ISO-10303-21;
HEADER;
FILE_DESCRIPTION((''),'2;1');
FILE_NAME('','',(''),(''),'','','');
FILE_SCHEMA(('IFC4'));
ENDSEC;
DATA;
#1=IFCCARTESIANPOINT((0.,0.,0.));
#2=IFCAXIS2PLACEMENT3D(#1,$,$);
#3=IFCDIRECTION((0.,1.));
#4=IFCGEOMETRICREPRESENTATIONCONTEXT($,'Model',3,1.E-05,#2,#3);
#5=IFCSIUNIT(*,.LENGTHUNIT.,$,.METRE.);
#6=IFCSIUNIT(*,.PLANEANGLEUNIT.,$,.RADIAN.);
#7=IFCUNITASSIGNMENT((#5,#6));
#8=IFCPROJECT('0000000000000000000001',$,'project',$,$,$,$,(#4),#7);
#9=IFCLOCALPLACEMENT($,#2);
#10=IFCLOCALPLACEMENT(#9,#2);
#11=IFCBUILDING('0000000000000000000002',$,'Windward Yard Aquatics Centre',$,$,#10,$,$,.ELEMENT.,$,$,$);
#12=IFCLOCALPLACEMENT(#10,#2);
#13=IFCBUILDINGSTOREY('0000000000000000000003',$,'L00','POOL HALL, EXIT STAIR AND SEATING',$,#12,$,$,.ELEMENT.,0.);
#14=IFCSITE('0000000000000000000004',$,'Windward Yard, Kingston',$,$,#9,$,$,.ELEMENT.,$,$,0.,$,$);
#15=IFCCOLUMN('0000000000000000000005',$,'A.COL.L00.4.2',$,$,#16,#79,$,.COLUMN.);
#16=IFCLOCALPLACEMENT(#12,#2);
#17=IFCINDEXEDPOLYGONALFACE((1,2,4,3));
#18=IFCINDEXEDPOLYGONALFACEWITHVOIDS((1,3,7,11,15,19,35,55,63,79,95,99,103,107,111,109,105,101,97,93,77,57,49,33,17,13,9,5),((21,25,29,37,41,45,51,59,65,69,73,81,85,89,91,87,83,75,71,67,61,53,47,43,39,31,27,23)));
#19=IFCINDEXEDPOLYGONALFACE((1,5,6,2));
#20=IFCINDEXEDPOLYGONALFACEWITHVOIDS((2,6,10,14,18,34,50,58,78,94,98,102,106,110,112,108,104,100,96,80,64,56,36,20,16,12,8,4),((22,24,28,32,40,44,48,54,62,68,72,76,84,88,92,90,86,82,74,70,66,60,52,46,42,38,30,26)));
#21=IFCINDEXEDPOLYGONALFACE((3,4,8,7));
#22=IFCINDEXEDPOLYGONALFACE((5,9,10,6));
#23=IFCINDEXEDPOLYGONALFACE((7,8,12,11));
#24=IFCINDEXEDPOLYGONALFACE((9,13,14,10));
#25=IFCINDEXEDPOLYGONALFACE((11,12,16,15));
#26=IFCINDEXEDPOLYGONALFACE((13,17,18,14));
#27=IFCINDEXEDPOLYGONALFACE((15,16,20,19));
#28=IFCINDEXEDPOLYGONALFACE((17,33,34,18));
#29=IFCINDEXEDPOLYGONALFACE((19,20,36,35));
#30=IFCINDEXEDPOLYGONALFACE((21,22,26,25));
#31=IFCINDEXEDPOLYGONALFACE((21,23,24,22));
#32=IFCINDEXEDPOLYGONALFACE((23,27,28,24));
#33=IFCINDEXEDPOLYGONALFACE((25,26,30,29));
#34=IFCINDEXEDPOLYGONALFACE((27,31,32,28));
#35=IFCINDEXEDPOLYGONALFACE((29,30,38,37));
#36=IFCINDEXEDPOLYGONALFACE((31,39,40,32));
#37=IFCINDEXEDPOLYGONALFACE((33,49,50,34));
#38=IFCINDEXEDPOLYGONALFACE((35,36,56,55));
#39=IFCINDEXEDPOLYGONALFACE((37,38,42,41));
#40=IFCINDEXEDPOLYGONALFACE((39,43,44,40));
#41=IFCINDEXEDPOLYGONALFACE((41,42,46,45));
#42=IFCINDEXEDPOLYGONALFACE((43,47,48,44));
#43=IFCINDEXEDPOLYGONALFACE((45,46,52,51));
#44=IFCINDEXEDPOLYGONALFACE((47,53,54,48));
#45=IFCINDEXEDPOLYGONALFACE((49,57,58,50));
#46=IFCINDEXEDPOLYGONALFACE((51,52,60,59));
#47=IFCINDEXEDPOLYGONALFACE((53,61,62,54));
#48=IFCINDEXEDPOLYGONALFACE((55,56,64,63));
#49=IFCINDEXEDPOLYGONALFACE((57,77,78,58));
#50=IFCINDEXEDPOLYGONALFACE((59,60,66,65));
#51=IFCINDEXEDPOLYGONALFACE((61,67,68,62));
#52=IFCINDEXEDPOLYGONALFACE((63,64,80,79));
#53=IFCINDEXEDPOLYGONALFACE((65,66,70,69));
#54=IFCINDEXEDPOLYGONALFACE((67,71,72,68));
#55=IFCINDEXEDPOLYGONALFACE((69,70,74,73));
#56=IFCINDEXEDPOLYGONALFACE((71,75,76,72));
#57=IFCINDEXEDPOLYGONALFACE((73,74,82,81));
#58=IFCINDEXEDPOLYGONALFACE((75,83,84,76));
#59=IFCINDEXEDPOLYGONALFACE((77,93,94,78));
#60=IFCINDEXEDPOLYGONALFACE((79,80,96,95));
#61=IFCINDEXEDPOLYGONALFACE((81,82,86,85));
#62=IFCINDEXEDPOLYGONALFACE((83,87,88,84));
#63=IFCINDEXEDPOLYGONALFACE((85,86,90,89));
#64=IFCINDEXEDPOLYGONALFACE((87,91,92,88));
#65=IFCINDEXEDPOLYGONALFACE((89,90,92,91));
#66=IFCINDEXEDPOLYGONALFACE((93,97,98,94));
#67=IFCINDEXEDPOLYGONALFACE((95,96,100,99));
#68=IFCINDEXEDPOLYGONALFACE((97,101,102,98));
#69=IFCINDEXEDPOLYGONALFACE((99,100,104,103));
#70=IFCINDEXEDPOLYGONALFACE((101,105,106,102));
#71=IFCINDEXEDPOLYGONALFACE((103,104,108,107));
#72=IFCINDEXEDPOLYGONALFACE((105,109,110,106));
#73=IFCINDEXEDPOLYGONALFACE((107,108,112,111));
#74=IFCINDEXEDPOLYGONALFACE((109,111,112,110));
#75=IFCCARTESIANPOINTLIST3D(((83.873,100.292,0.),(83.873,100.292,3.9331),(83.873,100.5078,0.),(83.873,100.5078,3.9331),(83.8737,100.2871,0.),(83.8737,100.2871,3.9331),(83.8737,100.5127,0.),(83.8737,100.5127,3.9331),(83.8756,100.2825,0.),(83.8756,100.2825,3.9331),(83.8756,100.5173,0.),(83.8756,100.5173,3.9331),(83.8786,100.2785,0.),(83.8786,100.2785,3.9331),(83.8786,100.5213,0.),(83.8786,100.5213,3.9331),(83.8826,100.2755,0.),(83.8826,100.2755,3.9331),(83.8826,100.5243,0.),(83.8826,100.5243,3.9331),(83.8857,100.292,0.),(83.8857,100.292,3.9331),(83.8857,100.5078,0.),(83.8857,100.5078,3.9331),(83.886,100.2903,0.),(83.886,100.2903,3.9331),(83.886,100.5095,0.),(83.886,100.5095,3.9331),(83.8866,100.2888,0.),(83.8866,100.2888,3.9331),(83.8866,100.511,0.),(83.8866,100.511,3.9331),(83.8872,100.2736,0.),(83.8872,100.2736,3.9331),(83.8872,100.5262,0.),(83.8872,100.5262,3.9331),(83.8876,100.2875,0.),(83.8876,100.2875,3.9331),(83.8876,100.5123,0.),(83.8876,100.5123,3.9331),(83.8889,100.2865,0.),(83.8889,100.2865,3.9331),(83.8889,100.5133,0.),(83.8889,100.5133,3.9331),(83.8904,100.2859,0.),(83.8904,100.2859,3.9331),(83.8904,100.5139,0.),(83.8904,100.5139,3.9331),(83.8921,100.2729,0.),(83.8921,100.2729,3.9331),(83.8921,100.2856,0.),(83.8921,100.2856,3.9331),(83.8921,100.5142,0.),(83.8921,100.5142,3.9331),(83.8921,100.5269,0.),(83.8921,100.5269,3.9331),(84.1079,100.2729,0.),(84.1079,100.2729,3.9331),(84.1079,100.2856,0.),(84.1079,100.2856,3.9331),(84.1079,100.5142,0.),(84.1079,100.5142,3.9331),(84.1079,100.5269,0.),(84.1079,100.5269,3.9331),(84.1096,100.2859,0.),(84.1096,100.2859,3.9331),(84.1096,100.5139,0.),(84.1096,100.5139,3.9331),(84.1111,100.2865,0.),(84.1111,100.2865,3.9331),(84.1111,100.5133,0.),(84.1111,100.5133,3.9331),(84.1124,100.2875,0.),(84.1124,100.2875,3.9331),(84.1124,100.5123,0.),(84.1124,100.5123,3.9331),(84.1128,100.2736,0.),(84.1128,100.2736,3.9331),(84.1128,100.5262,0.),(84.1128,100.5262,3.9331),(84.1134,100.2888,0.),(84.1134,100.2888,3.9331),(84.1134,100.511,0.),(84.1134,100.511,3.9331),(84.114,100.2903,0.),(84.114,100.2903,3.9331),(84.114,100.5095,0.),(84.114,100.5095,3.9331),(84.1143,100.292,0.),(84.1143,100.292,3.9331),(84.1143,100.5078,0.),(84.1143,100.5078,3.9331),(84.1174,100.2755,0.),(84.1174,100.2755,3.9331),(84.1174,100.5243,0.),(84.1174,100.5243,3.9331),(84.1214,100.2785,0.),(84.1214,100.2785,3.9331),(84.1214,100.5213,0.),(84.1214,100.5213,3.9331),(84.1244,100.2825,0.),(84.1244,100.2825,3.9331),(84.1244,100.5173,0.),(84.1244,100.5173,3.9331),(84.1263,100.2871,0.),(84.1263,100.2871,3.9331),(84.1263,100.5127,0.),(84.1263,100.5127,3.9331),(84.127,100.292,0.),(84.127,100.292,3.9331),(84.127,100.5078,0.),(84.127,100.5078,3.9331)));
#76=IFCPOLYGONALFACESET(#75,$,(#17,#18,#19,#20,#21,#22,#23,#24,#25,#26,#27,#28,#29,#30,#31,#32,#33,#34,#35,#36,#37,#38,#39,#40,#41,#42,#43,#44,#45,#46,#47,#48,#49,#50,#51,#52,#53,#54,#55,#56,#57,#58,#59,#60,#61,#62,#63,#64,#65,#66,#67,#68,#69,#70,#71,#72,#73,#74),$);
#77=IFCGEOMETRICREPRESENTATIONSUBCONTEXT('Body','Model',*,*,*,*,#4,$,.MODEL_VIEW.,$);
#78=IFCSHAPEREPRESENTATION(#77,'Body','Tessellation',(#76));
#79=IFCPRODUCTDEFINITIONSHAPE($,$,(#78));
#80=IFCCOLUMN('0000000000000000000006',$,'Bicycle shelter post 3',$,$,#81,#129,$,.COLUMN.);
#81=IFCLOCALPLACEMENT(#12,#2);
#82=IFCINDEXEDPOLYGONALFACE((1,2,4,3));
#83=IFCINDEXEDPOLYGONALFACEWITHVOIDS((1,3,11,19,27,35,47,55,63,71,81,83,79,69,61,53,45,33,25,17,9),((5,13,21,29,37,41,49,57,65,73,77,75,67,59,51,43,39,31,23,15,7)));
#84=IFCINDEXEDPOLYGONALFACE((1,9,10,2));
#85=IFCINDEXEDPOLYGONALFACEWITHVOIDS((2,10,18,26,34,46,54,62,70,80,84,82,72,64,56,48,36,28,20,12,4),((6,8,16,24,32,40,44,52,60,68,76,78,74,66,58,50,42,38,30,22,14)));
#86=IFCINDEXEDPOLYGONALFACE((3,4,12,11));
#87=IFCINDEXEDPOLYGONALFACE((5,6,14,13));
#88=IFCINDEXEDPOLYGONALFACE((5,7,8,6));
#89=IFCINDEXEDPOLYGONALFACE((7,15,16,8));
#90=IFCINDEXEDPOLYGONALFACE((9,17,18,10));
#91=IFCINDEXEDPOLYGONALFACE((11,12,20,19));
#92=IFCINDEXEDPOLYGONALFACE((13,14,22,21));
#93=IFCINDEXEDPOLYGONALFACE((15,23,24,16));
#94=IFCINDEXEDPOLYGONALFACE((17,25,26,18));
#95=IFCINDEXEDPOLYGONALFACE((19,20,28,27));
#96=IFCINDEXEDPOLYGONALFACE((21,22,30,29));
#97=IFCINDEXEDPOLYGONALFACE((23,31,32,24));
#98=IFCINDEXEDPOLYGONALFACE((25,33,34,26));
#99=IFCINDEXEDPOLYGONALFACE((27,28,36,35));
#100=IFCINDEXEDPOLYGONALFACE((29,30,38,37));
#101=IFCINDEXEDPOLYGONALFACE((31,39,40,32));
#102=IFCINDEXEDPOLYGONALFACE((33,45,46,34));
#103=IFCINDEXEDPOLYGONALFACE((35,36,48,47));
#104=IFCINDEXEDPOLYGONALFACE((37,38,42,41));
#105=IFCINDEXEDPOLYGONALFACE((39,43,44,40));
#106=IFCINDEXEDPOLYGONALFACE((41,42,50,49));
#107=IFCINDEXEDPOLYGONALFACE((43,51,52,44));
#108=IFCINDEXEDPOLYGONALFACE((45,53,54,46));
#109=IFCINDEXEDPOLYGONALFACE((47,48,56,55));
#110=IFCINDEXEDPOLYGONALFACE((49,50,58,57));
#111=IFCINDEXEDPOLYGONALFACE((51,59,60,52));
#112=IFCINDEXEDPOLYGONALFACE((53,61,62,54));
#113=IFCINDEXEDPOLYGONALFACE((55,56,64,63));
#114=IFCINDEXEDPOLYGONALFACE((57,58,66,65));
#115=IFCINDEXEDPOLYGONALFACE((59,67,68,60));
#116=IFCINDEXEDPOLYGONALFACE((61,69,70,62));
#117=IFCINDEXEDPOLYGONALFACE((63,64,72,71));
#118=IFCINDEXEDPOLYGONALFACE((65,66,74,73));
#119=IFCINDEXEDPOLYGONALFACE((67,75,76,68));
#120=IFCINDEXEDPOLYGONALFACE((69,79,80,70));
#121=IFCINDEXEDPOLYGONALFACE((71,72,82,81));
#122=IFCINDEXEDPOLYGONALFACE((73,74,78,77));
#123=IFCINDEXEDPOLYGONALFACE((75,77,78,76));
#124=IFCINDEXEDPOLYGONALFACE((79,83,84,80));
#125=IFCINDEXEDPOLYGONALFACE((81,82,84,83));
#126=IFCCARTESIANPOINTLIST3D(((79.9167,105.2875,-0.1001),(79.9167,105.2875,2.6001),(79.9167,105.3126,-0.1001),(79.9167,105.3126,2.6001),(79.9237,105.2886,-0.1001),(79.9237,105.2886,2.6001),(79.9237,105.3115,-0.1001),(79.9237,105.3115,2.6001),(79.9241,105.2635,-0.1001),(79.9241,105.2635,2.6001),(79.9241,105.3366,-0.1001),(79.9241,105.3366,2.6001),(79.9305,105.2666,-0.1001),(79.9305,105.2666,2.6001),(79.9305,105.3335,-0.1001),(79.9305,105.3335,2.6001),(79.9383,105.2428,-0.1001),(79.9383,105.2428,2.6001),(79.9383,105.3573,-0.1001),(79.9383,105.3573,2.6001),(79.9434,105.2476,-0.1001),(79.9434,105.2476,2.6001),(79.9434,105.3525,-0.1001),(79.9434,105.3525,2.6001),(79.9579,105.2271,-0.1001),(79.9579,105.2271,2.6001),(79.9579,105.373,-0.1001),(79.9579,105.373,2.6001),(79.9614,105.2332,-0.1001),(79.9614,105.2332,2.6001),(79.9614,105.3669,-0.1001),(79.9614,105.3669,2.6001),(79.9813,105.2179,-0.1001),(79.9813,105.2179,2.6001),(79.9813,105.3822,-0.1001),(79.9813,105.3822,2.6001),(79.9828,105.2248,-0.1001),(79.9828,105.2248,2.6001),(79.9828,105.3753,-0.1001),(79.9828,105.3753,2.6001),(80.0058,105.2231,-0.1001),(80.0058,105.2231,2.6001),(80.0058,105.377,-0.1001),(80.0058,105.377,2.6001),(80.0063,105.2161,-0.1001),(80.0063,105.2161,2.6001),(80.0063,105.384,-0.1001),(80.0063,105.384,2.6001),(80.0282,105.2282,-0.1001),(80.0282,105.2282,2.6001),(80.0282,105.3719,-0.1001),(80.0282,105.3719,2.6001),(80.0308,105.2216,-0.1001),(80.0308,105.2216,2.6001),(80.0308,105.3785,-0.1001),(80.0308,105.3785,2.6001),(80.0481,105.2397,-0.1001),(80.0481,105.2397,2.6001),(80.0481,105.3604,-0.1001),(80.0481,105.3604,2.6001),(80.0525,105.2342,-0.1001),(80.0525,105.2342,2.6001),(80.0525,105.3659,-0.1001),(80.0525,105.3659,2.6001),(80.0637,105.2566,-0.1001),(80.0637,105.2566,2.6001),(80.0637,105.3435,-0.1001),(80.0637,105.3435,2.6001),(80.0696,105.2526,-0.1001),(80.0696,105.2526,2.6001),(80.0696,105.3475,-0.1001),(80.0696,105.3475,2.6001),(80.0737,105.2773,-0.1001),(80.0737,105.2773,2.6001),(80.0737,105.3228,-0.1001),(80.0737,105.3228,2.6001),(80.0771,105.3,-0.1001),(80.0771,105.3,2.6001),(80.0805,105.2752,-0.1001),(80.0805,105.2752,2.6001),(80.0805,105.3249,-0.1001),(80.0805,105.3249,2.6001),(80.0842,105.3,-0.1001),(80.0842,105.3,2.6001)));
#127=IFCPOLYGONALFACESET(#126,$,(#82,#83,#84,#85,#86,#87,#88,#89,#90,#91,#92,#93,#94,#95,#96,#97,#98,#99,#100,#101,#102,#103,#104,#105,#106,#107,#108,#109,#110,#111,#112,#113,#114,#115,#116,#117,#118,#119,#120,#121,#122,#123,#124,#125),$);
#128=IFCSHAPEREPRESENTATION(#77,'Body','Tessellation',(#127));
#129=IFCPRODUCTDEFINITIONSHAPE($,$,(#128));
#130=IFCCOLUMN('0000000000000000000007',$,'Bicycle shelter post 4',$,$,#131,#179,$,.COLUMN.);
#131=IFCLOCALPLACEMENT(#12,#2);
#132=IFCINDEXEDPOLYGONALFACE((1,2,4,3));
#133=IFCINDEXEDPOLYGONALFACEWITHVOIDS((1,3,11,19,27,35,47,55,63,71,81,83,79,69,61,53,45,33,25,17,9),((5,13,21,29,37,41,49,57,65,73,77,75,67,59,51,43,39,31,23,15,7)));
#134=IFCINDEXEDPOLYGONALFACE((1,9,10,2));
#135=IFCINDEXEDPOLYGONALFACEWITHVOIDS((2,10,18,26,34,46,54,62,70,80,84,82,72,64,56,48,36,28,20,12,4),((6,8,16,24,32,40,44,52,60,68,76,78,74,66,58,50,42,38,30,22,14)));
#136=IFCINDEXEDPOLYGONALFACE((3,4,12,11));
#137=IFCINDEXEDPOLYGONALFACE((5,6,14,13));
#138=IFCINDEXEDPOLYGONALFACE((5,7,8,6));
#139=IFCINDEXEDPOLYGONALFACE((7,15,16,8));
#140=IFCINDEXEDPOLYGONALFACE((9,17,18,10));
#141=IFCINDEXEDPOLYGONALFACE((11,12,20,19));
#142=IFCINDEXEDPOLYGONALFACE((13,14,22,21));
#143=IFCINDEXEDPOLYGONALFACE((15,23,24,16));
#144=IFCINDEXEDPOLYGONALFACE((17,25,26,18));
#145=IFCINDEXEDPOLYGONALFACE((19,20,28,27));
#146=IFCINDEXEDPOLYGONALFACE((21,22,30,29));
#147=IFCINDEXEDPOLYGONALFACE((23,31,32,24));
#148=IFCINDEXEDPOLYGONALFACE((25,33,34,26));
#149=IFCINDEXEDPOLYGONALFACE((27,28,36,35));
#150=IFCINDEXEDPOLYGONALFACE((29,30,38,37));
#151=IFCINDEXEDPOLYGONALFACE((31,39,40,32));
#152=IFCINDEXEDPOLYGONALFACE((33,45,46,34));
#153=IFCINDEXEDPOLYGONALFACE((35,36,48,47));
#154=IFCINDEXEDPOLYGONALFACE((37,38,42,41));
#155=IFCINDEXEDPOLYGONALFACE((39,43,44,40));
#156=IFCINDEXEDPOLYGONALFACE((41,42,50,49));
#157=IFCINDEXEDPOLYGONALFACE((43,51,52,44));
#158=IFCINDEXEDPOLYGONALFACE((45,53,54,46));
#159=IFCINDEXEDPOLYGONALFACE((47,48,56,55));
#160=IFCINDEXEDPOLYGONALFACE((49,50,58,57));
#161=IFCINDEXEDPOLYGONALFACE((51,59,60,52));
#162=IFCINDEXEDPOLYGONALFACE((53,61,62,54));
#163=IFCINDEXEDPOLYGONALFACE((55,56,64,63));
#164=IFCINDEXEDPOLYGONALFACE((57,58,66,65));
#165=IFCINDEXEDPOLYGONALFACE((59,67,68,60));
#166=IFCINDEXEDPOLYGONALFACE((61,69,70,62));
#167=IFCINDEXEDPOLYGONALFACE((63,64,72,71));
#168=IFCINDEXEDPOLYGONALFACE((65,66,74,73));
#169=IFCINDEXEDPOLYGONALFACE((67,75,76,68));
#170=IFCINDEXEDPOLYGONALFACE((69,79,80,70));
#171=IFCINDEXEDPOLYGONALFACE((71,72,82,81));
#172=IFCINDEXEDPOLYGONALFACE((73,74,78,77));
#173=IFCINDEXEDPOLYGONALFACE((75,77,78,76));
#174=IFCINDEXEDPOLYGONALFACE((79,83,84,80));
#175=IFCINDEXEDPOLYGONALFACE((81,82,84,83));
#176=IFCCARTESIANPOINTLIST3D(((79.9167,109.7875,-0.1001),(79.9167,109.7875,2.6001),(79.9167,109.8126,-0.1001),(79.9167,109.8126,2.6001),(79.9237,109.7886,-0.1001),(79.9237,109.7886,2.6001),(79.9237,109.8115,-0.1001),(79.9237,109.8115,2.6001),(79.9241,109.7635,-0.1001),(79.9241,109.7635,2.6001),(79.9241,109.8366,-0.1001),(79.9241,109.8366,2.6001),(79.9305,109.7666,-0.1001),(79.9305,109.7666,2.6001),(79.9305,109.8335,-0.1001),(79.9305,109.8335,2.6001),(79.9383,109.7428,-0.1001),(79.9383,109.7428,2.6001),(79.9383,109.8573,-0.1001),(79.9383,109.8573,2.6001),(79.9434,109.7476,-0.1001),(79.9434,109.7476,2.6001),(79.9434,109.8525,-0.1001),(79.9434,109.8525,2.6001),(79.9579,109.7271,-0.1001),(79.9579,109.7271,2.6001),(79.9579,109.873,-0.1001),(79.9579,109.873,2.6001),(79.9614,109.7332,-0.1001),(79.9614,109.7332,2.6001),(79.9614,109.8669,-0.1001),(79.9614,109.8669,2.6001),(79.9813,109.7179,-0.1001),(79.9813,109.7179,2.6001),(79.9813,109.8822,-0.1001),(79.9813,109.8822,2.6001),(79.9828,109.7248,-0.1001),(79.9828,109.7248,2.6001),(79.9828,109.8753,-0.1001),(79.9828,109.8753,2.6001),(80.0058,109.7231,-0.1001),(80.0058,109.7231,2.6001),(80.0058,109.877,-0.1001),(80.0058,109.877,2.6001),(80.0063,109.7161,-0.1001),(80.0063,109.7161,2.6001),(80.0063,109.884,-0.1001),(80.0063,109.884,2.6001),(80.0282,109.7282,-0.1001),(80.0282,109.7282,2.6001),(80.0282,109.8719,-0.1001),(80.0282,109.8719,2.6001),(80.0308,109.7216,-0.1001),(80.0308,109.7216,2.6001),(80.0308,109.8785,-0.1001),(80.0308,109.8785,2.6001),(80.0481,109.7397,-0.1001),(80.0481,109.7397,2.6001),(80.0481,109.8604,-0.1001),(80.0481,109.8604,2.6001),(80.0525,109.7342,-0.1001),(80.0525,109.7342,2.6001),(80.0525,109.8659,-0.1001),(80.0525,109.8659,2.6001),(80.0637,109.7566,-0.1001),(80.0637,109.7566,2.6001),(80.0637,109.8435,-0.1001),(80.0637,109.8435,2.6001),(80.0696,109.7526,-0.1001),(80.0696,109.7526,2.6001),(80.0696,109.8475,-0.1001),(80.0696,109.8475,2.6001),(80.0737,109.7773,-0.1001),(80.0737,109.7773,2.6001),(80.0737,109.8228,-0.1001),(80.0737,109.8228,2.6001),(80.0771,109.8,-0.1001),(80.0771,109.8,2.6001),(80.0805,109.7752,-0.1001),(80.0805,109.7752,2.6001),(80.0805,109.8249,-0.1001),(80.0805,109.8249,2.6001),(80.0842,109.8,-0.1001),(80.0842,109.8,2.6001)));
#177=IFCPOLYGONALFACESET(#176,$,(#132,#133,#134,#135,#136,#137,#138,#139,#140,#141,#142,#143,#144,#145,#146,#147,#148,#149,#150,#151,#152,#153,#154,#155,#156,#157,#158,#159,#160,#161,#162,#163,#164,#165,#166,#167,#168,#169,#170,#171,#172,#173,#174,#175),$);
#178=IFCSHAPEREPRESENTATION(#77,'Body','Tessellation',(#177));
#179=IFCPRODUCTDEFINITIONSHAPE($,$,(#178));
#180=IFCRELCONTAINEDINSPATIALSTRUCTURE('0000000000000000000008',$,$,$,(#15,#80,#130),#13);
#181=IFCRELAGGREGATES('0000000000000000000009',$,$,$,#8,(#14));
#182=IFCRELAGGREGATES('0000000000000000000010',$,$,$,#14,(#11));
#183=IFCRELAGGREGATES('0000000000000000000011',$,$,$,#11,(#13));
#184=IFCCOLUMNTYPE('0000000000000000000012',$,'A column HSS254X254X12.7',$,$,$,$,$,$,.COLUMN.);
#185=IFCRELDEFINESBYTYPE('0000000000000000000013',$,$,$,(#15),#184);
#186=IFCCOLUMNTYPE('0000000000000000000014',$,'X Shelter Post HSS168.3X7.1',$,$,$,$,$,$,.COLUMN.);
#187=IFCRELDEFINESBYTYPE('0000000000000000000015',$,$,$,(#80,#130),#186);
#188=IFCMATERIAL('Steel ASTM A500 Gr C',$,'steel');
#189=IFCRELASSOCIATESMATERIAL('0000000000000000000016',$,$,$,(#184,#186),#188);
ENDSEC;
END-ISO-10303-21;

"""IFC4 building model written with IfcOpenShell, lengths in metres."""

from ifc_helpers import new_model, si_unit, direction, frame, origin, origin_2d, place, context, subcontext, project, spatial, hollow_rectangle, hollow_circle, extrude, material, material_profile, profile_set, type_object, element, save


model = new_model("IFC4")

# Units and contexts
model_context = context("Model", 3, precision=1e-05, world=origin(), true_north=direction((0.0, 1.0)))
body_context = subcontext(model_context, "Body", "Model", "MODEL_VIEW")
ifc_project = project(units=[si_unit("LENGTHUNIT", "METRE"), si_unit("PLANEANGLEUNIT", "RADIAN")], contexts=[model_context])

# Site, building, storey
site_placement = place(None, origin())
site = spatial("IfcSite", under=ifc_project, at=site_placement, Name="Windward Yard, Kingston", CompositionType="ELEMENT", RefElevation=0.0)
building_placement = place(site_placement, origin())
building = spatial("IfcBuilding", under=site, at=building_placement, Name="Windward Yard Aquatics Centre", CompositionType="ELEMENT")
storey_placement = place(building_placement, origin())
storey = spatial("IfcBuildingStorey", under=building, at=storey_placement, Name="L00", Description="POOL HALL, EXIT STAIR AND SEATING", CompositionType="ELEMENT", Elevation=0.0)

# Columns
ifc_material_1 = material(Name="Steel ASTM A500 Gr C", Category="steel")
ifc_material_profile_1 = material_profile(ifc_material_1, hollow_rectangle(XDim=0.2539, YDim=0.2539, WallThickness=0.0127, InnerFilletRadius=0.0063, OuterFilletRadius=0.019, at=origin_2d()), Name="HSS254X254X12.7")
ifc_profile_set_1 = profile_set([ifc_material_profile_1], Name="Steel ASTM A500 Gr C")
column_type_1 = type_object("IfcColumnType", Name="A column HSS254X254X12.7", PredefinedType="COLUMN", material=ifc_profile_set_1)
for number, where, z_axis, x_axis, name in (
    (1, (84.0, 100.3999, 0.0), (0.0, 0.0, 1.0), (1.0, 0.0, 0.0), "A.COL.L00.4.2"),
):
    element("IfcColumn", number, at=place(storey_placement, frame(where, z_axis=z_axis, x_axis=x_axis)), inside=storey, type_object=column_type_1, Name=name, PredefinedType="COLUMN", context=body_context, shape_type="SweptSolid", body=[
        extrude(hollow_rectangle(XDim=0.2539, YDim=0.2539, WallThickness=0.0127, InnerFilletRadius=0.0063, OuterFilletRadius=0.019, at=origin_2d()), origin(), (0.0, 0.0, 1.0), 3.9331),
    ])
ifc_material_profile_2 = material_profile(ifc_material_1, hollow_circle(Radius=0.0842, WallThickness=0.0071, at=origin_2d()), Name="HSS168.3X7.1")
ifc_profile_set_2 = profile_set([ifc_material_profile_2], Name="Steel ASTM A500 Gr C")
column_type_2 = type_object("IfcColumnType", Name="X Shelter Post HSS168.3X7.1", PredefinedType="COLUMN", material=ifc_profile_set_2)
for number, where, z_axis, x_axis, name in (
    (2, (80.0, 105.3, -0.1001), (0.0, 0.0, 1.0), (1.0, 0.0, 0.0), "Bicycle shelter post 3"),
    (3, (80.0, 109.8, -0.1001), (0.0, 0.0, 1.0), (1.0, 0.0, 0.0), "Bicycle shelter post 4"),
):
    element("IfcColumn", number, at=place(storey_placement, frame(where, z_axis=z_axis, x_axis=x_axis)), inside=storey, type_object=column_type_2, Name=name, PredefinedType="COLUMN", context=body_context, shape_type="SweptSolid", body=[
        extrude(hollow_circle(Radius=0.0842, WallThickness=0.0071, at=origin_2d()), origin(), (0.0, 0.0, 1.0), 2.7002),
    ])

save(model, "model.ifc")
